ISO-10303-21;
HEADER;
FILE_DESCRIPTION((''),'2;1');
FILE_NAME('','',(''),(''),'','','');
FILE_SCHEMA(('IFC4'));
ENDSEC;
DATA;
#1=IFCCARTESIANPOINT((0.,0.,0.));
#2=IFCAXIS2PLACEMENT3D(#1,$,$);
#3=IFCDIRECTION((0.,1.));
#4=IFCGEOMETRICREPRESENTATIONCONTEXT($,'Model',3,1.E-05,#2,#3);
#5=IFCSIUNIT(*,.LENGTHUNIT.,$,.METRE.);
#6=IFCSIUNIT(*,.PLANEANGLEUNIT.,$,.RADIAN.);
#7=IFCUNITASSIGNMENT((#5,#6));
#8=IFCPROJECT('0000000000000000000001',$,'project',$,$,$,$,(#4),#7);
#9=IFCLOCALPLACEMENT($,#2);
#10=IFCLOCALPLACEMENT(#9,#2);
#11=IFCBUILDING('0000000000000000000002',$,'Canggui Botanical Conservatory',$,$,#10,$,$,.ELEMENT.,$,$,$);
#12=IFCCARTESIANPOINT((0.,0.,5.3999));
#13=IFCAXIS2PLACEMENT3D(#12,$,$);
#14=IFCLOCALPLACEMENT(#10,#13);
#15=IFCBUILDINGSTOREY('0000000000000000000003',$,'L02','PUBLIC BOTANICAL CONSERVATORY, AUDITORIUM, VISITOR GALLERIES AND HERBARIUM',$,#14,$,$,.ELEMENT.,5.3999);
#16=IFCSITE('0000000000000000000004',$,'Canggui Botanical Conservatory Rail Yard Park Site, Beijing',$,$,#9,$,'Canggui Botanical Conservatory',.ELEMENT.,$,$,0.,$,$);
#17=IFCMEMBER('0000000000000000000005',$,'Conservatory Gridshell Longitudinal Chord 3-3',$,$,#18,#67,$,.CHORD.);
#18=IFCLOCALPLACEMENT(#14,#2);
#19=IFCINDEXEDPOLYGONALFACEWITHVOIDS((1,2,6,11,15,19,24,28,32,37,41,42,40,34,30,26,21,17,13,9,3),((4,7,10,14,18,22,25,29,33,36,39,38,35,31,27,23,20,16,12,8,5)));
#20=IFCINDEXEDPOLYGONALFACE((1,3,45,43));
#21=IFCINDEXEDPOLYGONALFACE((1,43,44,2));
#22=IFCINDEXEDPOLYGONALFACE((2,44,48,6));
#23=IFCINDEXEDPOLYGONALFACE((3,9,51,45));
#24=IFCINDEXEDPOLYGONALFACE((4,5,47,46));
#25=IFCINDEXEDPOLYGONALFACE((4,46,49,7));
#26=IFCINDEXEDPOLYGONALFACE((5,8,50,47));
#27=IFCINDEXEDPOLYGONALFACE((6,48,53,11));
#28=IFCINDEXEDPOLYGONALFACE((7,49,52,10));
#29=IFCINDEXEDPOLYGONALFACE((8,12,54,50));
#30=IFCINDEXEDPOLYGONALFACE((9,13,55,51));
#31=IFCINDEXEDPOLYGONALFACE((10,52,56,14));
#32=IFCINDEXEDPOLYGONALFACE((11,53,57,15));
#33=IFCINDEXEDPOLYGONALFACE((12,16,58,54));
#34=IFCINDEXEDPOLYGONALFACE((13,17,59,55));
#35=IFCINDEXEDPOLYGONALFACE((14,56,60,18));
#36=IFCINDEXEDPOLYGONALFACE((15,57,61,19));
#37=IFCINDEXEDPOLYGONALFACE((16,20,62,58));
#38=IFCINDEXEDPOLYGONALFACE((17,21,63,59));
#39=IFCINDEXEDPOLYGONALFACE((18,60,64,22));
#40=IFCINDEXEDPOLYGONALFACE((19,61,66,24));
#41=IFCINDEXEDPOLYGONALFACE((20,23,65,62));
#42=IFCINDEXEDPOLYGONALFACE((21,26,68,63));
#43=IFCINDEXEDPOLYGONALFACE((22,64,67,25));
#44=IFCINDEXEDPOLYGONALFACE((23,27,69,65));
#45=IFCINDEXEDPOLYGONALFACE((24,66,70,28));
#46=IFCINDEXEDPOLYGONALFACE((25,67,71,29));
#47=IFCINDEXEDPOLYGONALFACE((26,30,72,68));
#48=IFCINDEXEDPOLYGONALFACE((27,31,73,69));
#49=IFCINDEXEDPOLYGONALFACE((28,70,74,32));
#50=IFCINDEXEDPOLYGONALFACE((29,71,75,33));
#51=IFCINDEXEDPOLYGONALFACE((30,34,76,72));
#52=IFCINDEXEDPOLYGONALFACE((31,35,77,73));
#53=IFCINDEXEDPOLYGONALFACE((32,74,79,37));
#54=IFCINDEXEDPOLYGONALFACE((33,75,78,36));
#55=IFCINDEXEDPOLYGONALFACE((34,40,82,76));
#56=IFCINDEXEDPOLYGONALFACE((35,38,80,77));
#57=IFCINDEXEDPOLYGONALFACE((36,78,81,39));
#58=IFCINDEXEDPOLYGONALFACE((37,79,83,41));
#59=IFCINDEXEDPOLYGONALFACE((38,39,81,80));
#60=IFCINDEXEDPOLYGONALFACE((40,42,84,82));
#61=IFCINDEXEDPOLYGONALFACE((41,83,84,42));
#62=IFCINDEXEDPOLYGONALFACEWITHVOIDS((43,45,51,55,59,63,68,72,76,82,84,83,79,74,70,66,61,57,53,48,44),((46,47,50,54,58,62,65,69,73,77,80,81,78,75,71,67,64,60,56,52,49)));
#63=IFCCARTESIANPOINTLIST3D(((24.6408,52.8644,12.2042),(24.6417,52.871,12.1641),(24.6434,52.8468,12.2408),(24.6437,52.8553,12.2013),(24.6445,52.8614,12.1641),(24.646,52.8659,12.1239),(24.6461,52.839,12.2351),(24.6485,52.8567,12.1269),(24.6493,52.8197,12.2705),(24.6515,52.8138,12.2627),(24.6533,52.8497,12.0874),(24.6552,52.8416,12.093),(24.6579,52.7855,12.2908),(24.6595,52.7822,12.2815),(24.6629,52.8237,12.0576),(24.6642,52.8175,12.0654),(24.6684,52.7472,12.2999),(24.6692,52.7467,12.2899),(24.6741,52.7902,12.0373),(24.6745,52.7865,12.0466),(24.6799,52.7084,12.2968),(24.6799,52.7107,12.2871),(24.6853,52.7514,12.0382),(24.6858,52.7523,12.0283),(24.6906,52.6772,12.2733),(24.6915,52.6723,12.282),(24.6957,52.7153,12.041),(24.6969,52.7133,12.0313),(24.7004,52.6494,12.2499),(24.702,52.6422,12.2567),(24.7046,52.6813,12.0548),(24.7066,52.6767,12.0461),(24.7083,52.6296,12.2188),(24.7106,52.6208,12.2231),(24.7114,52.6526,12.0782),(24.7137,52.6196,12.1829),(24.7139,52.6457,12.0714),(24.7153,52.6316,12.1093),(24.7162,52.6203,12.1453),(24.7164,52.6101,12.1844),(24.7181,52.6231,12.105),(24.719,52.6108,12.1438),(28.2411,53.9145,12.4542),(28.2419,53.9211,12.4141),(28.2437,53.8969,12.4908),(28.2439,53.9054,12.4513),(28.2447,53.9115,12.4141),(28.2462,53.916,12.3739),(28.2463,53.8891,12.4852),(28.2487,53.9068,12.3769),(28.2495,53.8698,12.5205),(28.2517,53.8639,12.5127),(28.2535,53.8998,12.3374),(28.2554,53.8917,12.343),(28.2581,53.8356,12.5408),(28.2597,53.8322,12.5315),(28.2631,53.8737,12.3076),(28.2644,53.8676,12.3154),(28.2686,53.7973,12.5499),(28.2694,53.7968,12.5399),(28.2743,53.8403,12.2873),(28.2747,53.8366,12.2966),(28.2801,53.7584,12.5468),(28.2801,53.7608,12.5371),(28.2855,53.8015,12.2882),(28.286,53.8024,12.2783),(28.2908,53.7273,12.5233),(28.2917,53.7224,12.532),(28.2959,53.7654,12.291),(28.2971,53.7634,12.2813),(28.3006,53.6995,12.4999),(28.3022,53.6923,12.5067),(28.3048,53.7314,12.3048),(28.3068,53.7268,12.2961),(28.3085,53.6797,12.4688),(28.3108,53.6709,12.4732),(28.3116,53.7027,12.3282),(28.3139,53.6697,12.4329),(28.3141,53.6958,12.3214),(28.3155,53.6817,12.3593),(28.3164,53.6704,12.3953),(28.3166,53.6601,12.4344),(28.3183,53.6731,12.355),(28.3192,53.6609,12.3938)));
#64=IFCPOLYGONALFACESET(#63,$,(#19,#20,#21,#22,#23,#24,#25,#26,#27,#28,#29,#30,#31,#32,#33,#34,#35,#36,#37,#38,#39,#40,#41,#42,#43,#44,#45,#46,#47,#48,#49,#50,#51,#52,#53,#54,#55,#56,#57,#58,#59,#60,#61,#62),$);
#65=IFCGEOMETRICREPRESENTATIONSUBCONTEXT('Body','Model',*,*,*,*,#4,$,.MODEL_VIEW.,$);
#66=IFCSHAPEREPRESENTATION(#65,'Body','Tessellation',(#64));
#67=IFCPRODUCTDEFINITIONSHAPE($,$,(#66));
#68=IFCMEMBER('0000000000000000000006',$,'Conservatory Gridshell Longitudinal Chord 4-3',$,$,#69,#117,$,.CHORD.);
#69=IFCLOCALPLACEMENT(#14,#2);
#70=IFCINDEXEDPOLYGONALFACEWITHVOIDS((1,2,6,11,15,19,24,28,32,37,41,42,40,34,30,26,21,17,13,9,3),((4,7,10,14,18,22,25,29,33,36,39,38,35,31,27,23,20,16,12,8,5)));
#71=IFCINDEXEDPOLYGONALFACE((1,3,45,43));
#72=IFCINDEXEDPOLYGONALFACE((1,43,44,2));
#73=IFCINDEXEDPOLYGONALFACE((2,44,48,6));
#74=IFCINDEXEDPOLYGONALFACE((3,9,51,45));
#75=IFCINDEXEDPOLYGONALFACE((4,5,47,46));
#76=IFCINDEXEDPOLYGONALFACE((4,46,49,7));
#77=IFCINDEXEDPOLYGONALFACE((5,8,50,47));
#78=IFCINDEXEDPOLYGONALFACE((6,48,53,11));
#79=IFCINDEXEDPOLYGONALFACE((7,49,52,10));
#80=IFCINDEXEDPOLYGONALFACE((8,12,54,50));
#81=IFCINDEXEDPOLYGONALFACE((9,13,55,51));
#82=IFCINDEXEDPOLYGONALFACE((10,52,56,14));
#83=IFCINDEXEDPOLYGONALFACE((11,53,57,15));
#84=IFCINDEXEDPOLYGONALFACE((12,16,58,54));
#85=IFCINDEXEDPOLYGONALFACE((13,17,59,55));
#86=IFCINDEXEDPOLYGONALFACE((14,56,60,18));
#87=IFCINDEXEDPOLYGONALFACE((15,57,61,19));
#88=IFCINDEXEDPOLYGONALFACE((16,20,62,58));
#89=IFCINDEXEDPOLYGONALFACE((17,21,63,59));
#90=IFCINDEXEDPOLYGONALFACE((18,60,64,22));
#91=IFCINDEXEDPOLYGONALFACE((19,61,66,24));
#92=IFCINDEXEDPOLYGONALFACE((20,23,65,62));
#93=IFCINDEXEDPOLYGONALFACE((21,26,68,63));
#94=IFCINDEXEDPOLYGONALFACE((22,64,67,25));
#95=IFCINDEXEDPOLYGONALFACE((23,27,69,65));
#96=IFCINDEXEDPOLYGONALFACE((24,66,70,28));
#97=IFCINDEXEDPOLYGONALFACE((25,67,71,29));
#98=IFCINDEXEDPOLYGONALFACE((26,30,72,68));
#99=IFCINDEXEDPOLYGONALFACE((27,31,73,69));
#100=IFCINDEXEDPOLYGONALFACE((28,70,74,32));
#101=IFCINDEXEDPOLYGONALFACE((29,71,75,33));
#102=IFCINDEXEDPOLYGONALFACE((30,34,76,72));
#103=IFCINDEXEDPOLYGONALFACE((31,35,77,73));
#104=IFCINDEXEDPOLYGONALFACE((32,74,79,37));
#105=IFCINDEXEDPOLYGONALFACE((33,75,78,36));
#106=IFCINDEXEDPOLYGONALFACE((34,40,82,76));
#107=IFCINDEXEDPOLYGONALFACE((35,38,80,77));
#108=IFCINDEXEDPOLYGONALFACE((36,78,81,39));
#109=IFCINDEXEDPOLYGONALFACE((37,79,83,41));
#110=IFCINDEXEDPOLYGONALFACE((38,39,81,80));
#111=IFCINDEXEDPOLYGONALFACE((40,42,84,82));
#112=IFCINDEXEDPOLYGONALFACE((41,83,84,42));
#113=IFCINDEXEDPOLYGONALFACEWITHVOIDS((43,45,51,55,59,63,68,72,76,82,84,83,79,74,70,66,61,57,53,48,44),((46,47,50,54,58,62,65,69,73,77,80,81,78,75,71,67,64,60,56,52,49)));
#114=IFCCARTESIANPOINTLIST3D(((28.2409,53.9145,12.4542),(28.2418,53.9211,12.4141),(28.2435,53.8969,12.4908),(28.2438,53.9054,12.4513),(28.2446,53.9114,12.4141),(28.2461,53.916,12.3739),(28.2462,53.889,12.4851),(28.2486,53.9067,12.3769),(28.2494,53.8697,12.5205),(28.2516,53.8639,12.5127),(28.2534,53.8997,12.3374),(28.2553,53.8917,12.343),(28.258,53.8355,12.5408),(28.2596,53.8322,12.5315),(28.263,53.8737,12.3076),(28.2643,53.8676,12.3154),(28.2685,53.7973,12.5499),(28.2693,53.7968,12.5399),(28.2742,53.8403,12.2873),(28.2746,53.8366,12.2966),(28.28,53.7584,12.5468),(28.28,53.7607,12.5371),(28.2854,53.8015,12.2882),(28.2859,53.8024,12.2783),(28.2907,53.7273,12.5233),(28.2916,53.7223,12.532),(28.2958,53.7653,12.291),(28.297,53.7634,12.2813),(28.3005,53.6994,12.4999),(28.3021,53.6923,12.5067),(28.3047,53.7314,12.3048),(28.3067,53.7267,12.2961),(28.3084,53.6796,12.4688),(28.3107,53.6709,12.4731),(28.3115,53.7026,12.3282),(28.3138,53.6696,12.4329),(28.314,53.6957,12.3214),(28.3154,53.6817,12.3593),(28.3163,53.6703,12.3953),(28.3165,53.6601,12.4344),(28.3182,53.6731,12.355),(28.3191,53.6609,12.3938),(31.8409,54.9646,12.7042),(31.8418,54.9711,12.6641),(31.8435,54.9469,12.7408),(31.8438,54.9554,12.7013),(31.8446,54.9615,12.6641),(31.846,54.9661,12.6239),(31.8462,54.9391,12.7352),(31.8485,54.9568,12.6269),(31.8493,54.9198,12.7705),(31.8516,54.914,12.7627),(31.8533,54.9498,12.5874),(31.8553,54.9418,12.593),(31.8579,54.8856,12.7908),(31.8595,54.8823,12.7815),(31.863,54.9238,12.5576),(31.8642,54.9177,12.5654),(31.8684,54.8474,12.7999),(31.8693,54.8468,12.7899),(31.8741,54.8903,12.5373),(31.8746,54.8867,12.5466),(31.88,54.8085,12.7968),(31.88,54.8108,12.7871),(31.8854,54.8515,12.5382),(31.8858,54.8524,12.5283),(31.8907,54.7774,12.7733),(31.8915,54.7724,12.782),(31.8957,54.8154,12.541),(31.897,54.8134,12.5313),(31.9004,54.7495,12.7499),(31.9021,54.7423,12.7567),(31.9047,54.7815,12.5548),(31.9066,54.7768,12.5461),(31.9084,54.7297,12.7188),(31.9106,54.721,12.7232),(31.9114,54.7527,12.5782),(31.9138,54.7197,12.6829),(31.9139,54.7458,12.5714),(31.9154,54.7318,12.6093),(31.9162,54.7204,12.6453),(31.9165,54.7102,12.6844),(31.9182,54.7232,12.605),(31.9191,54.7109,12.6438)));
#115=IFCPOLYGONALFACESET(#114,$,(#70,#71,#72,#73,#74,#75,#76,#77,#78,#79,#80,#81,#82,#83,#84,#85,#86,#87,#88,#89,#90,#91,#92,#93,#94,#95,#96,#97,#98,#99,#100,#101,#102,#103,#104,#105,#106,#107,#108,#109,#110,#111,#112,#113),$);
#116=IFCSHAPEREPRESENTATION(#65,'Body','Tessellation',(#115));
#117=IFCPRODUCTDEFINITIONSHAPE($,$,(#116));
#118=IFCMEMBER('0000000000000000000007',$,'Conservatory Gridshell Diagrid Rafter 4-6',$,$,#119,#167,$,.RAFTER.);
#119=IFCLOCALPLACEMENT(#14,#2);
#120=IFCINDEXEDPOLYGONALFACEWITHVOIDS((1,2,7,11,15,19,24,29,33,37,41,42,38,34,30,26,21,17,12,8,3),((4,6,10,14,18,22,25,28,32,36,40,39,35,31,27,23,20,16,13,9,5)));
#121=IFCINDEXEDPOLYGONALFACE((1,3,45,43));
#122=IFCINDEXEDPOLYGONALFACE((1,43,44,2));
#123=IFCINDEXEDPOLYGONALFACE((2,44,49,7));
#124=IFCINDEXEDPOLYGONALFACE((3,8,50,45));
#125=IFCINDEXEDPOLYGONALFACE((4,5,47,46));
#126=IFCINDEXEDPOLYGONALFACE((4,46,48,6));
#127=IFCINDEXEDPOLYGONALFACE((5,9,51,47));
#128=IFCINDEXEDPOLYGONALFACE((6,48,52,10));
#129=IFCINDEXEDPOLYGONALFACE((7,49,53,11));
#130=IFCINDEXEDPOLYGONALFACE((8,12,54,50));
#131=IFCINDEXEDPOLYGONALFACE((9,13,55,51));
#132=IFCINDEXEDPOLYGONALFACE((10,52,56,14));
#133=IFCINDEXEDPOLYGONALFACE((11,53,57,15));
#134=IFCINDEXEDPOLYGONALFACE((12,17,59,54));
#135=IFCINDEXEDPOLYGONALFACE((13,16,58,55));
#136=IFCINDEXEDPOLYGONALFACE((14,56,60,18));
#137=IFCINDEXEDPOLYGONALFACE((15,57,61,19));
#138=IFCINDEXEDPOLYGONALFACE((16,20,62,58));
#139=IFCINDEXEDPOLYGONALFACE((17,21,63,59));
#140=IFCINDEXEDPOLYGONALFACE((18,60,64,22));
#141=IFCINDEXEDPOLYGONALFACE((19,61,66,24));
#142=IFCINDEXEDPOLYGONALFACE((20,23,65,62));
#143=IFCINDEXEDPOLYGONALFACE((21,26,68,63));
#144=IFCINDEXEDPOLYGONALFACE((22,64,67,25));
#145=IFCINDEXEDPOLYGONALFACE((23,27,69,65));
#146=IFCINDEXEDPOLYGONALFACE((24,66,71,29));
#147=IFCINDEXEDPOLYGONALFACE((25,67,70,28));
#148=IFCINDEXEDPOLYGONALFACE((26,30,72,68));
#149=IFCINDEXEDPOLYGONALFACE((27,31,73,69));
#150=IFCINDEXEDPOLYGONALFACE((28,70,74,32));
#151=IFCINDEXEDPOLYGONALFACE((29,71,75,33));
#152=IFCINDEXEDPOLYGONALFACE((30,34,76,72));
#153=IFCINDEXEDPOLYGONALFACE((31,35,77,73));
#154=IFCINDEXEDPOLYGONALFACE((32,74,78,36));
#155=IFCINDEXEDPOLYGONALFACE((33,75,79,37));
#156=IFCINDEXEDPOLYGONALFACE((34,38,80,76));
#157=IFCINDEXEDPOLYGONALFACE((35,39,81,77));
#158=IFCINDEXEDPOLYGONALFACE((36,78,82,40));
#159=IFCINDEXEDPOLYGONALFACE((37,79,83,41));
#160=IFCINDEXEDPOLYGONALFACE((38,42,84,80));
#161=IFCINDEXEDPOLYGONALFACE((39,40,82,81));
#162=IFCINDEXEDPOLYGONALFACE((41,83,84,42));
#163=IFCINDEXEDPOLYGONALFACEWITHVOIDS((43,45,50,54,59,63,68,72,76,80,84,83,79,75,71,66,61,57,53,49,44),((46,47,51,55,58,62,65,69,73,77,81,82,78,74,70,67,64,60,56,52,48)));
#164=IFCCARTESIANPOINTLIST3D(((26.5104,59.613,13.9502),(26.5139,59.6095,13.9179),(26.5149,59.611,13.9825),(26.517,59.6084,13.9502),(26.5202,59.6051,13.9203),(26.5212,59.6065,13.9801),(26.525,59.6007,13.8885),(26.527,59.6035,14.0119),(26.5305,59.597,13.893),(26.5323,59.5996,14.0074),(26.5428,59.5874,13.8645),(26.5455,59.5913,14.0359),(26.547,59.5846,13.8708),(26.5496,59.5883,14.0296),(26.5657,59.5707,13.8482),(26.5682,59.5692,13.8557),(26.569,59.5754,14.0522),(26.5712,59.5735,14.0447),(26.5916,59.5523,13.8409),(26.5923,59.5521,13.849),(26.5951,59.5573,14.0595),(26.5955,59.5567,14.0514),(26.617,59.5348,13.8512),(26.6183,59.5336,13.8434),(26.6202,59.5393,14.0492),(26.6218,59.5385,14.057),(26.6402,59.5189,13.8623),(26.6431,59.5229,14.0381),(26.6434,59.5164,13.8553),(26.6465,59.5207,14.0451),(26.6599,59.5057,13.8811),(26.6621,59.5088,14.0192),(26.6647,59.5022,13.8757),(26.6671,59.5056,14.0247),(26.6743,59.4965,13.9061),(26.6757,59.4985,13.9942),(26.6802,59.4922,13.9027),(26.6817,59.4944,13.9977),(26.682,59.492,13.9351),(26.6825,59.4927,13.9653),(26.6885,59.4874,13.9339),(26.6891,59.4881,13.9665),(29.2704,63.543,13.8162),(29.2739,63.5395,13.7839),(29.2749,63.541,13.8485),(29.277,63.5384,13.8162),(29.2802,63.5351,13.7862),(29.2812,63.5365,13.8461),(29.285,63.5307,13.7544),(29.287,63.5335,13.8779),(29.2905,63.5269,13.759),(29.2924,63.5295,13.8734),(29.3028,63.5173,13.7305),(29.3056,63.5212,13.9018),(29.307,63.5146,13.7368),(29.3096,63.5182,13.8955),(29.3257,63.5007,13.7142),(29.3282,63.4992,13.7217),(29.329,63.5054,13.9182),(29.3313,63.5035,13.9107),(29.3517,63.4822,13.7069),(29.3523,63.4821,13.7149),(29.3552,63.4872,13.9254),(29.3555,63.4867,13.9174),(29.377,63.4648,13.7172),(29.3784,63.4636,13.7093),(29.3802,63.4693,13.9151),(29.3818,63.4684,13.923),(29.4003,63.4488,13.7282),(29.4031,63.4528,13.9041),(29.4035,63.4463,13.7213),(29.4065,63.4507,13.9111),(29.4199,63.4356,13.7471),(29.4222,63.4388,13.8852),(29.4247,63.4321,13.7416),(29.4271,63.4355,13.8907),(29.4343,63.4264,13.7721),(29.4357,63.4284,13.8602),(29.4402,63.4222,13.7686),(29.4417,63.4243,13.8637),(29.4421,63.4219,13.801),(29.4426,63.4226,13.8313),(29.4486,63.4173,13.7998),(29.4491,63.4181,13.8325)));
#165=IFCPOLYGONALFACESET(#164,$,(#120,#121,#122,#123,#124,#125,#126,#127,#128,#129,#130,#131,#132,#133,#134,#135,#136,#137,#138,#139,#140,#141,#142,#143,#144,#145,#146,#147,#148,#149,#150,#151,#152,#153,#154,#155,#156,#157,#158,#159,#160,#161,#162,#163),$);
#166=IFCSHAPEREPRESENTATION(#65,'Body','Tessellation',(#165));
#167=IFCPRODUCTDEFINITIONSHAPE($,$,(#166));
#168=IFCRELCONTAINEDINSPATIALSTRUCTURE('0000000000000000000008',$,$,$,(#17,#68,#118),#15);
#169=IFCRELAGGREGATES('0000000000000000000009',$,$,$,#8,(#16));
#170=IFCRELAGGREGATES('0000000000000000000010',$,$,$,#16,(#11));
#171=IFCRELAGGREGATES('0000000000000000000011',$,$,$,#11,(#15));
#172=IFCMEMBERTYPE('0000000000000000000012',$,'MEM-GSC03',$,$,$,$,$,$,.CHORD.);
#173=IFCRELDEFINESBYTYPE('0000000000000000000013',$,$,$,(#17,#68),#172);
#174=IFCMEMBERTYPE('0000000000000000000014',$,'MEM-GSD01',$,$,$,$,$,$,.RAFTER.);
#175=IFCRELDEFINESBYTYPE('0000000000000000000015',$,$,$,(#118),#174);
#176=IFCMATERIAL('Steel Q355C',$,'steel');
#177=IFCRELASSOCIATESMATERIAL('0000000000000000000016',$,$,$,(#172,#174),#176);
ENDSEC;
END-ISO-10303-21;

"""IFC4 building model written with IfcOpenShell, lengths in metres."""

from ifc_helpers import new_model, si_unit, direction, frame, origin, origin_2d, place, context, subcontext, project, spatial, hollow_circle, extrude, material, material_profile, profile_set, type_object, element, save


model = new_model("IFC4")

# Units and contexts
model_context = context("Model", 3, precision=1e-05, world=origin(), true_north=direction((0.0, 1.0)))
body_context = subcontext(model_context, "Body", "Model", "MODEL_VIEW")
ifc_project = project(units=[si_unit("LENGTHUNIT", "METRE"), si_unit("PLANEANGLEUNIT", "RADIAN")], contexts=[model_context])

# Site, building, storey
site_placement = place(None, origin())
site = spatial("IfcSite", under=ifc_project, at=site_placement, Name="Canggui Botanical Conservatory Rail Yard Park Site, Beijing", LongName="Canggui Botanical Conservatory", CompositionType="ELEMENT", RefElevation=0.0)
building_placement = place(site_placement, origin())
building = spatial("IfcBuilding", under=site, at=building_placement, Name="Canggui Botanical Conservatory", CompositionType="ELEMENT")
storey_placement = place(building_placement, frame((0.0, 0.0, 5.3999)))
storey = spatial("IfcBuildingStorey", under=building, at=storey_placement, Name="L02", Description="PUBLIC BOTANICAL CONSERVATORY, AUDITORIUM, VISITOR GALLERIES AND HERBARIUM", CompositionType="ELEMENT", Elevation=5.3999)

# Shared definitions
ifc_material_1 = material(Name="Steel Q355C", Category="steel")

# Members
ifc_material_profile_1 = material_profile(ifc_material_1, hollow_circle(Radius=0.1365, WallThickness=0.01, at=origin_2d()), Name="CHS 273x10")
ifc_profile_set_1 = profile_set([ifc_material_profile_1], Name="Steel Q355C")
member_type_1 = type_object("IfcMemberType", Name="MEM-GSC03", PredefinedType="CHORD", material=ifc_profile_set_1)
member_1_placement = place(storey_placement, frame((24.6799, 52.74, 12.1641), z_axis=(0.957872, 0.279385, 0.066517), x_axis=(-0.280005, 0.959999, 0.0)))
element("IfcMember", 1, at=member_1_placement, inside=storey, type_object=member_type_1, Name="Conservatory Gridshell Longitudinal Chord 3-3", PredefinedType="CHORD", context=body_context, shape_type="SweptSolid", body=[
    extrude(hollow_circle(Radius=0.1365, WallThickness=0.01, at=origin_2d()), origin(), (0.0, 0.0, 1.0), 3.7585),
])
member_2_placement = place(storey_placement, frame((28.28, 53.79, 12.4141), z_axis=(0.957867, 0.279402, 0.066521), x_axis=(-0.280023, 0.959993, 0.0)))
element("IfcMember", 2, at=member_2_placement, inside=storey, type_object=member_type_1, Name="Conservatory Gridshell Longitudinal Chord 4-3", PredefinedType="CHORD", context=body_context, shape_type="SweptSolid", body=[
    extrude(hollow_circle(Radius=0.1365, WallThickness=0.01, at=origin_2d()), origin(), (0.0, 0.0, 1.0), 3.7583),
])
ifc_material_profile_2 = material_profile(ifc_material_1, hollow_circle(Radius=0.1096, WallThickness=0.0081, at=origin_2d()), Name="CHS 219x8")
ifc_profile_set_2 = profile_set([ifc_material_profile_2], Name="Steel Q355C")
member_type_2 = type_object("IfcMemberType", Name="MEM-GSD01", PredefinedType="RAFTER", material=ifc_profile_set_2)
member_3_placement = place(storey_placement, frame((26.6001, 59.55, 13.9502), z_axis=(0.574504, 0.818026, -0.027899), x_axis=(-0.818345, 0.574728, 0.0)))
element("IfcMember", 3, at=member_3_placement, inside=storey, type_object=member_type_2, Name="Conservatory Gridshell Diagrid Rafter 4-6", PredefinedType="RAFTER", context=body_context, shape_type="SweptSolid", body=[
    extrude(hollow_circle(Radius=0.1096, WallThickness=0.0081, at=origin_2d()), origin(), (0.0, 0.0, 1.0), 4.8042),
])

save(model, "model.ifc")
